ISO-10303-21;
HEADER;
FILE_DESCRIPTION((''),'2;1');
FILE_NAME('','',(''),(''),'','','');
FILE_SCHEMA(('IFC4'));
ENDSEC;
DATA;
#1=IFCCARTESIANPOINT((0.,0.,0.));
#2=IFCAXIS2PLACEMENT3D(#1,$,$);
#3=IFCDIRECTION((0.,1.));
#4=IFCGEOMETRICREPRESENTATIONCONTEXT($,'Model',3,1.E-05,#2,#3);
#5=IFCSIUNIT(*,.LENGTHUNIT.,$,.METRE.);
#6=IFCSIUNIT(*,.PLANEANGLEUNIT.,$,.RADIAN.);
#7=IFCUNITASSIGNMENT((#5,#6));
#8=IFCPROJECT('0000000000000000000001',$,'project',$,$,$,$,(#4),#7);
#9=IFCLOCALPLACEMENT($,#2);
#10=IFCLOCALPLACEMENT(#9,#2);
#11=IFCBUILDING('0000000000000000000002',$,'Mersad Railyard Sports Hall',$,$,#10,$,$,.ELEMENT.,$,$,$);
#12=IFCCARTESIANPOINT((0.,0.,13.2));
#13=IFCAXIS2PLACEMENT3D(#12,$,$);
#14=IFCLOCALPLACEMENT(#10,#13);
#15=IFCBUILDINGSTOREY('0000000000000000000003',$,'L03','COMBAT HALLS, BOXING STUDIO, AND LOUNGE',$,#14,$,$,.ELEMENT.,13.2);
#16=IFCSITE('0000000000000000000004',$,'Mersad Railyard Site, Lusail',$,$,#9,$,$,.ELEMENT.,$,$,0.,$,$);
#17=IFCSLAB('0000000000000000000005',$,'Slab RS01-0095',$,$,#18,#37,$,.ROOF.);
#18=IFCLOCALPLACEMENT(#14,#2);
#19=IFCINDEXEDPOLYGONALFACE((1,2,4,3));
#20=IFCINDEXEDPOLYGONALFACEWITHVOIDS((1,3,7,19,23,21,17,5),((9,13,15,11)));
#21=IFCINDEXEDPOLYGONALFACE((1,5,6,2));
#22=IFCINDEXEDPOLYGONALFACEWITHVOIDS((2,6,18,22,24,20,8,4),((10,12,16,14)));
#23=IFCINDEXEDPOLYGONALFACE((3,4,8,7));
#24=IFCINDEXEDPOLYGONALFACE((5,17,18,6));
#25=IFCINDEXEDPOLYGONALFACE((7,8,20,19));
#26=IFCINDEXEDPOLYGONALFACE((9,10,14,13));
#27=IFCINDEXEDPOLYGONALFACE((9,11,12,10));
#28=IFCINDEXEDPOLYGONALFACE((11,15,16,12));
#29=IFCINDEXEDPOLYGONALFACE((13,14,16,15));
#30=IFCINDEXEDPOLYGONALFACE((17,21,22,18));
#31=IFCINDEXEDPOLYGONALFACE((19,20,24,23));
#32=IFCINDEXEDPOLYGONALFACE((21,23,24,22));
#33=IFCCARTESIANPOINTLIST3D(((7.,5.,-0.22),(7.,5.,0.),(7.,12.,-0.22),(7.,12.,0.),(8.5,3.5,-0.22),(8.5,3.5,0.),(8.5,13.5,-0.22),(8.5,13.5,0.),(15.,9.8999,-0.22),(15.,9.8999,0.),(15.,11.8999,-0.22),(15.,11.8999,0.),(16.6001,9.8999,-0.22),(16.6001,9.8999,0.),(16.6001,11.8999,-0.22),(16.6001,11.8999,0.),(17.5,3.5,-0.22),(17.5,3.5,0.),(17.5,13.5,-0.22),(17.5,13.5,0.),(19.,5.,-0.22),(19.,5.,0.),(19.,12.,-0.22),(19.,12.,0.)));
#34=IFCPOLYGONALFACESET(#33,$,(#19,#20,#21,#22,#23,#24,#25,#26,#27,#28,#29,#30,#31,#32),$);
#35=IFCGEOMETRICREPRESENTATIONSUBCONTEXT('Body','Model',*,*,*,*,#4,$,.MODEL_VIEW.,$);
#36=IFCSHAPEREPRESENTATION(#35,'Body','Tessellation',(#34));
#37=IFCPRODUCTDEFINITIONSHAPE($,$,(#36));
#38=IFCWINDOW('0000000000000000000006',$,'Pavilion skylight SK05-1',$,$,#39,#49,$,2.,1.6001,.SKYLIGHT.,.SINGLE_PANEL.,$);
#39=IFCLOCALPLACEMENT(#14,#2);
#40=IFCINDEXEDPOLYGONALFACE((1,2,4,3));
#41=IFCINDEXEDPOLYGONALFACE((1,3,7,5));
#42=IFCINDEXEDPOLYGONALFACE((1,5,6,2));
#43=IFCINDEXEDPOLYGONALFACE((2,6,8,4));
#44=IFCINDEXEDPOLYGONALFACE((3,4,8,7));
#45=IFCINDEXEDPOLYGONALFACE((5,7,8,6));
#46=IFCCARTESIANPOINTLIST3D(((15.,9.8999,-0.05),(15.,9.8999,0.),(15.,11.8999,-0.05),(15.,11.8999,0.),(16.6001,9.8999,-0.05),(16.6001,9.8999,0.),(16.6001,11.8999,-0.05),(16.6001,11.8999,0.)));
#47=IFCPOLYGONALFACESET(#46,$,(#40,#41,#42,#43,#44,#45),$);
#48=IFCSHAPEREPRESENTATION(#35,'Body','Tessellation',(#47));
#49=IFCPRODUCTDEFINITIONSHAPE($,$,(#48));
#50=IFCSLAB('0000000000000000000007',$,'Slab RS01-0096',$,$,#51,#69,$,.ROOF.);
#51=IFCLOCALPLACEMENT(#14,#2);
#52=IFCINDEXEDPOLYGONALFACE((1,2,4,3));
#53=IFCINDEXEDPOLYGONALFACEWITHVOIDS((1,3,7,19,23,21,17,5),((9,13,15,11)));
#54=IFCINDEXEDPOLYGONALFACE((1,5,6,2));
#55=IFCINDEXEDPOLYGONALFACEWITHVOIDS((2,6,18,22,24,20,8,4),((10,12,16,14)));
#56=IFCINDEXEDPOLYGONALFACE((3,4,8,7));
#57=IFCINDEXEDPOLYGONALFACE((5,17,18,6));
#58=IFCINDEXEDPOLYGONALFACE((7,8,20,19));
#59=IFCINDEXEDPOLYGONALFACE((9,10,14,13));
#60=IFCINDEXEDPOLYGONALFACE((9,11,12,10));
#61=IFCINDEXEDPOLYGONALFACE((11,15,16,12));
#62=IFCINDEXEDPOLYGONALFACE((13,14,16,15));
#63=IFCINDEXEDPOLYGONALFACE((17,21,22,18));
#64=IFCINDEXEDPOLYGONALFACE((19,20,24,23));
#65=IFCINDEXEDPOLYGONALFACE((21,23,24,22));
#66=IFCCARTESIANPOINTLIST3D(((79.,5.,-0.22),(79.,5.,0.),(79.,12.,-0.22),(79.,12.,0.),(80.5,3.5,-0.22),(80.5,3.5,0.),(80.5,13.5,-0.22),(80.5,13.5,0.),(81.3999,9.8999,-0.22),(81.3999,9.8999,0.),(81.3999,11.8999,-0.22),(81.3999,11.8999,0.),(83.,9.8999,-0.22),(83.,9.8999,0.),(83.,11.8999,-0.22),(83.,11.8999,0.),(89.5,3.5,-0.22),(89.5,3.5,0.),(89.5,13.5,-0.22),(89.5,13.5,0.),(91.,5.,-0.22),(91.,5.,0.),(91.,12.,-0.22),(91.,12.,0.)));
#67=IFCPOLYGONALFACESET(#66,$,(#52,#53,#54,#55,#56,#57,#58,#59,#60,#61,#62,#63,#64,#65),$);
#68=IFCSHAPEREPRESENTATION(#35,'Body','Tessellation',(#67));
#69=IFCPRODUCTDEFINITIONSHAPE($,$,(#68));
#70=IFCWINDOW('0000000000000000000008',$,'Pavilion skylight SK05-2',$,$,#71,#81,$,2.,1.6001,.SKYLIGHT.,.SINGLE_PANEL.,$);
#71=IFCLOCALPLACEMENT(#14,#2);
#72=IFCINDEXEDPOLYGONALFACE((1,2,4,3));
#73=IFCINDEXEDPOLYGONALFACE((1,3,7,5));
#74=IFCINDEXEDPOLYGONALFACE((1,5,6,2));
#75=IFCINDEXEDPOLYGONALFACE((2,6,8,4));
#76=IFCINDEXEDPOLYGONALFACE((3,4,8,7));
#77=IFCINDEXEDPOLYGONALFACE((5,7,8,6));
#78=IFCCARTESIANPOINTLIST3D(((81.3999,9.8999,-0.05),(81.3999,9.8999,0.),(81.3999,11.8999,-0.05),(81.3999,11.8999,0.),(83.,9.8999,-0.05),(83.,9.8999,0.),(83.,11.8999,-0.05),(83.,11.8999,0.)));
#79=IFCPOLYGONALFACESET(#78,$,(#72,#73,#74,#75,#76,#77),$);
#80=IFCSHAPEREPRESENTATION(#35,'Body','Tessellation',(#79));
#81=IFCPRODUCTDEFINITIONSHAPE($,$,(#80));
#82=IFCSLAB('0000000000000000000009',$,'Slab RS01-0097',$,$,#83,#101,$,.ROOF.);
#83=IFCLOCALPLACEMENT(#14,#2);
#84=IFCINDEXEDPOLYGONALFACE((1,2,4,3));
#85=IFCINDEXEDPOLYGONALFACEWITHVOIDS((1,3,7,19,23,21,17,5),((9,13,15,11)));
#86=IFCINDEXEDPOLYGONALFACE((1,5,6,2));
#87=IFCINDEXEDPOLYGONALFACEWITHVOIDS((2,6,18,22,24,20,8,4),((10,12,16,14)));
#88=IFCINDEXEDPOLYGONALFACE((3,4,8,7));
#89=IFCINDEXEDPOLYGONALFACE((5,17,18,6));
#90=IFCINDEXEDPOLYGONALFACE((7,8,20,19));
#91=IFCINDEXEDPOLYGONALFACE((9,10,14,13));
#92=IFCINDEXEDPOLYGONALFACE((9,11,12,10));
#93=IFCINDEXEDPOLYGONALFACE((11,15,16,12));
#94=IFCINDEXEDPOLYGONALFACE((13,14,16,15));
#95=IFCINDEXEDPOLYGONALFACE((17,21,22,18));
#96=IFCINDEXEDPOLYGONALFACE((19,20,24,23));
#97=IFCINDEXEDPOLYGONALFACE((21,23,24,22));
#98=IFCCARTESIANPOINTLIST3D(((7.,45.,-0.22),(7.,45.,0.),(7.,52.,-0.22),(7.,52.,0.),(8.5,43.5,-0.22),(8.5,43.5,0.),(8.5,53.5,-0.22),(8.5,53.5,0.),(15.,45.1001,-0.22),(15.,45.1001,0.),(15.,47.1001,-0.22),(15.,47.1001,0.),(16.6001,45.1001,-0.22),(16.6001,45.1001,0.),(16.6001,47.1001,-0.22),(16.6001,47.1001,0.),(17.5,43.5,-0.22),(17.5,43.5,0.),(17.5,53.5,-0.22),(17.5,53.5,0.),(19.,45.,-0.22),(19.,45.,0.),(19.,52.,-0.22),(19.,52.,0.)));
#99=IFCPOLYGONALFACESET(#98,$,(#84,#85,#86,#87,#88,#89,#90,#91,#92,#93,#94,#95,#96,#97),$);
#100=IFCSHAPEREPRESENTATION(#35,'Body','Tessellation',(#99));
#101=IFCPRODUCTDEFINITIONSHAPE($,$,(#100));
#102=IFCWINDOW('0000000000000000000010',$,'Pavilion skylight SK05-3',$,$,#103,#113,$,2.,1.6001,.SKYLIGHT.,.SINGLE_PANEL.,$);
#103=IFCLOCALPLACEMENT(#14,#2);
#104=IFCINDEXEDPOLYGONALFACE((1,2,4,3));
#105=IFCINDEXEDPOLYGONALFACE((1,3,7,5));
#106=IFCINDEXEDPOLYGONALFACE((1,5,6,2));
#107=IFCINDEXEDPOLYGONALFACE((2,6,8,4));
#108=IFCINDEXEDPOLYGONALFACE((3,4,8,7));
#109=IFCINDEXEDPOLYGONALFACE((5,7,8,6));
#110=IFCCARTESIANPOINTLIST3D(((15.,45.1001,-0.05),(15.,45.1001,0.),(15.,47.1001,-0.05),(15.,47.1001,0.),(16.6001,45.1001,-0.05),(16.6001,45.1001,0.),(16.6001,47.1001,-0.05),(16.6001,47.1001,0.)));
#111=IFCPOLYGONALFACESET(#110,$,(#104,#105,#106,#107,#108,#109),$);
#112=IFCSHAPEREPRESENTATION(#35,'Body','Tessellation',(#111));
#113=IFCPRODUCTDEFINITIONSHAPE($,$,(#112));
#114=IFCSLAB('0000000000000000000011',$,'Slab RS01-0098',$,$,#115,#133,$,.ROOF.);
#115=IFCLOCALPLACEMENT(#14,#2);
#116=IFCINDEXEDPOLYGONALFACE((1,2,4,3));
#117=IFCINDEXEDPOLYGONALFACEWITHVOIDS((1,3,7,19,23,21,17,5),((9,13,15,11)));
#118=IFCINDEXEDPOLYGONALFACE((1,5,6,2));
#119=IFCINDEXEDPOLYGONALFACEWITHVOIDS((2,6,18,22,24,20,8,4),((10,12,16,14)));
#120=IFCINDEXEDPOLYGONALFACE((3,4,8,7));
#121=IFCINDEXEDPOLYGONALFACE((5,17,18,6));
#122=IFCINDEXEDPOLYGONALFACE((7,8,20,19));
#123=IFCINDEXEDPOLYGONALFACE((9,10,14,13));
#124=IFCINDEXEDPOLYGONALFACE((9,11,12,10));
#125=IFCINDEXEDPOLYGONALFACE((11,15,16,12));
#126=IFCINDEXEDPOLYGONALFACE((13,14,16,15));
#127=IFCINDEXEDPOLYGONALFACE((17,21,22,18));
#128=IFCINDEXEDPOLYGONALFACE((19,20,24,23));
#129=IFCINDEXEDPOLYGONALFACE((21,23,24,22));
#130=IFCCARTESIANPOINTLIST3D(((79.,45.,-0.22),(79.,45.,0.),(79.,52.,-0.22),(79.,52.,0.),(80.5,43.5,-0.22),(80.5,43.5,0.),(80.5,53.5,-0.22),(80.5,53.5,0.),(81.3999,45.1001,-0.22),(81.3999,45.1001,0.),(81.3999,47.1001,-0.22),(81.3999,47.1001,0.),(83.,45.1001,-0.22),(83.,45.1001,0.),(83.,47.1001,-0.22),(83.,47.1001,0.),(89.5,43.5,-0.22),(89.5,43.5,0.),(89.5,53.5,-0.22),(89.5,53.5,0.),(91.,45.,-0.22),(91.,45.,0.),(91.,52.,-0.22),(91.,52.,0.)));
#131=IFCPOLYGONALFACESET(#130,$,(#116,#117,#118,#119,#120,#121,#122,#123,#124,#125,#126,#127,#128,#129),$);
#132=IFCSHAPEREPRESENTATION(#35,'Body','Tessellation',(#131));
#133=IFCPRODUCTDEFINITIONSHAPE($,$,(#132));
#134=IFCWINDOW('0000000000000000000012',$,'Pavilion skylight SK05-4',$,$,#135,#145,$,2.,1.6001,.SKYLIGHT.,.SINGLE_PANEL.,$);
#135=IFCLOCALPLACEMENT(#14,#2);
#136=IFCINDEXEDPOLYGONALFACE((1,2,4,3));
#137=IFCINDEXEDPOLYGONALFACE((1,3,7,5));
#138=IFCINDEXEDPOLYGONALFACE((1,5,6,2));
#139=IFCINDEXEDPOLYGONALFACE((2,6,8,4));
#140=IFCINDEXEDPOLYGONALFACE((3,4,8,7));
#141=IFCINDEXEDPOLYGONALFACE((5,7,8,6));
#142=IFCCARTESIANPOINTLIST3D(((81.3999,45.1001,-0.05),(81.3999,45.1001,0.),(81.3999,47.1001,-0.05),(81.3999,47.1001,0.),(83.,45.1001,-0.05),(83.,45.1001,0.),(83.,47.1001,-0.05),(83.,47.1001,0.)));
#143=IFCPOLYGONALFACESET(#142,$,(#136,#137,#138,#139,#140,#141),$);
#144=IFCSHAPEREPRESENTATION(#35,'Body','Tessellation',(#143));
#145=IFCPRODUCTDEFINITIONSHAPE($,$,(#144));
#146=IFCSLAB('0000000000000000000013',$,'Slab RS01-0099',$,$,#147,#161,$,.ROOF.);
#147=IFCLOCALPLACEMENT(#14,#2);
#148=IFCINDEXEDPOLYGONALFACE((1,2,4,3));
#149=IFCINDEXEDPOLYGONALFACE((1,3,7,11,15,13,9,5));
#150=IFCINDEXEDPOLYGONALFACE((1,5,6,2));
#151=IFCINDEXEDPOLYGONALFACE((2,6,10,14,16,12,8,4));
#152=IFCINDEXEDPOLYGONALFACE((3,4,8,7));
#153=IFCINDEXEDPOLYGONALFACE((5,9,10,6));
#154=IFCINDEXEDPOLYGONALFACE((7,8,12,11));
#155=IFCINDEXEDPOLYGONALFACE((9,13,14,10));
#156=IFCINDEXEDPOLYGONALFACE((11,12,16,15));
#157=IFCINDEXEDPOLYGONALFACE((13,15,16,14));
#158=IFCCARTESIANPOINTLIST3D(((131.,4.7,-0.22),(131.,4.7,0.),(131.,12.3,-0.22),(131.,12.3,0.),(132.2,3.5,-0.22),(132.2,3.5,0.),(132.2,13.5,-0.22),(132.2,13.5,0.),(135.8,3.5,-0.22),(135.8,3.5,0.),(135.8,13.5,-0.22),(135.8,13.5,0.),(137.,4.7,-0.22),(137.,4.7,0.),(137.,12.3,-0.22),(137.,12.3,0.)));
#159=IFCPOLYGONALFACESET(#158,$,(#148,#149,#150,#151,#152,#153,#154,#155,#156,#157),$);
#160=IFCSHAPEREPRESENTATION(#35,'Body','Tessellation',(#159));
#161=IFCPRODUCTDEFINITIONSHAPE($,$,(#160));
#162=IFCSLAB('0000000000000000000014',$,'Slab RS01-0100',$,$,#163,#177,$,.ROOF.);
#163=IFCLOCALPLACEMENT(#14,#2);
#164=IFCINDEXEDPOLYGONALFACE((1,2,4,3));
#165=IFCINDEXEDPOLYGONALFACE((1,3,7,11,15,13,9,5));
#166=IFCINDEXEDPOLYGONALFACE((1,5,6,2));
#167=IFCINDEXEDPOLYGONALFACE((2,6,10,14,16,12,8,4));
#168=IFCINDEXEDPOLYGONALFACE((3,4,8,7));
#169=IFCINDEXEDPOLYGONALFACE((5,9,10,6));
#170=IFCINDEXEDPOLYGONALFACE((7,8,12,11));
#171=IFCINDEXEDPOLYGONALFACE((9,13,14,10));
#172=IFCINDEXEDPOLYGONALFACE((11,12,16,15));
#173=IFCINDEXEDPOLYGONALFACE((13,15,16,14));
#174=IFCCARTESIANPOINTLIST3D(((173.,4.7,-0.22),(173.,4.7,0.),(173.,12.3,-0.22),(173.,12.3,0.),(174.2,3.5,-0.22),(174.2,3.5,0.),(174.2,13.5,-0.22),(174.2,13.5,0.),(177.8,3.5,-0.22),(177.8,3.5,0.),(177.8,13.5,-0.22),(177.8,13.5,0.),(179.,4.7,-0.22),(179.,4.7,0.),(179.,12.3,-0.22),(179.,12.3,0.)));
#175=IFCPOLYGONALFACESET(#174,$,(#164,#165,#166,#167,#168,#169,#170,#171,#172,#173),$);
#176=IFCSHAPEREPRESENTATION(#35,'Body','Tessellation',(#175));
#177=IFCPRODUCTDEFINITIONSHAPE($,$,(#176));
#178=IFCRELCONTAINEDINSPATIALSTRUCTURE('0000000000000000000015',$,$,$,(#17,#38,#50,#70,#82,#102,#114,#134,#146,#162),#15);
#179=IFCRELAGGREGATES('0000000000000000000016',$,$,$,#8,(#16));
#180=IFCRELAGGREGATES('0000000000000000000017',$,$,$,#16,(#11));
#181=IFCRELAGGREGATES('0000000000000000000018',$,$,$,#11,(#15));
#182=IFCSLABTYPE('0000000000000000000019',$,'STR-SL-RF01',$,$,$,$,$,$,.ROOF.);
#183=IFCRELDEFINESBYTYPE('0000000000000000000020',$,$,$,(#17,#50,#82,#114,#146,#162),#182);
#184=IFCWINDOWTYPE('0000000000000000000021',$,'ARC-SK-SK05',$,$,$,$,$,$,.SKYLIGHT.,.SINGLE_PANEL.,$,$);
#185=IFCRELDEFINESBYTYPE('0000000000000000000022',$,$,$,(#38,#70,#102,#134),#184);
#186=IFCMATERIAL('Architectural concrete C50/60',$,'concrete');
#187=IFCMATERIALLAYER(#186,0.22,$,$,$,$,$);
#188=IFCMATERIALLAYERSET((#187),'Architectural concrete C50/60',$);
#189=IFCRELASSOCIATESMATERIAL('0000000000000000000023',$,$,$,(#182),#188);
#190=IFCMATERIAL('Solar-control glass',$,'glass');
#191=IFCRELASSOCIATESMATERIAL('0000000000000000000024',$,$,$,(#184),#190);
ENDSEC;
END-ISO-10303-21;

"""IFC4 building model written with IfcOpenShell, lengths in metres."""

from ifc_helpers import new_model, si_unit, direction, frame, origin, origin_2d, place, context, subcontext, project, spatial, polyline, rectangle, outline, extrude, material, layer, layer_set, type_object, element, fill, save


model = new_model("IFC4")

# Units and contexts
model_context = context("Model", 3, precision=1e-05, world=origin(), true_north=direction((0.0, 1.0)))
body_context = subcontext(model_context, "Body", "Model", "MODEL_VIEW")
ifc_project = project(units=[si_unit("LENGTHUNIT", "METRE"), si_unit("PLANEANGLEUNIT", "RADIAN")], contexts=[model_context])

# Site, building, storey
site_placement = place(None, origin())
site = spatial("IfcSite", under=ifc_project, at=site_placement, Name="Mersad Railyard Site, Lusail", CompositionType="ELEMENT", RefElevation=0.0)
building_placement = place(site_placement, origin())
building = spatial("IfcBuilding", under=site, at=building_placement, Name="Mersad Railyard Sports Hall", CompositionType="ELEMENT")
storey_placement = place(building_placement, frame((0.0, 0.0, 13.2)))
storey = spatial("IfcBuildingStorey", under=building, at=storey_placement, Name="L03", Description="COMBAT HALLS, BOXING STUDIO, AND LOUNGE", CompositionType="ELEMENT", Elevation=13.2)

# Slabs, openings, windows
ifc_material_1 = material(Name="Architectural concrete C50/60", Category="concrete")
ifc_layer_1 = layer(ifc_material_1, 0.22)
ifc_layer_set_1 = layer_set([ifc_layer_1], Name="Architectural concrete C50/60")
slab_type_1 = type_object("IfcSlabType", Name="STR-SL-RF01", PredefinedType="ROOF", material=ifc_layer_set_1)
slab_1_placement = place(storey_placement, frame((0.0, 0.0, -0.22)))
slab_1 = element("IfcSlab", 1, at=slab_1_placement, inside=storey, type_object=slab_type_1, Name="Slab RS01-0095", PredefinedType="ROOF", context=body_context, shape_type="SweptSolid", body=[
    extrude(outline(polyline([(8.5, 3.5), (17.5, 3.5), (19.0, 5.0), (19.0, 12.0), (17.5, 13.5), (8.5, 13.5), (7.0, 12.0), (7.0, 5.0), (8.5, 3.5)])), origin(), (0.0, 0.0, 1.0), 0.22),
])
opening_1_placement = place(slab_1_placement, frame((15.8, 10.8999, -0.01)))
opening_1 = element("IfcOpeningElement", 2, at=opening_1_placement, cuts=slab_1, PredefinedType="OPENING", context=body_context, shape_type="SweptSolid", body=[
    extrude(rectangle(XDim=1.6001, YDim=2.0, at=origin_2d()), origin(), (0.0, 0.0, 1.0), 0.24),
])
ifc_material_2 = material(Name="Solar-control glass", Category="glass")
window_type = type_object("IfcWindowType", Name="ARC-SK-SK05", PartitioningType="SINGLE_PANEL", PredefinedType="SKYLIGHT", material=ifc_material_2)
window_1_placement = place(slab_1_placement, frame((15.8, 10.8999, 0.1699)))
window_1 = element("IfcWindow", 3, at=window_1_placement, inside=storey, type_object=window_type, Name="Pavilion skylight SK05-1", OverallHeight=2.0, OverallWidth=1.6001, PartitioningType="SINGLE_PANEL", PredefinedType="SKYLIGHT", context=body_context, shape_type="SweptSolid", body=[
    extrude(rectangle(XDim=1.6001, YDim=2.0, at=origin_2d()), origin(), (0.0, 0.0, 1.0), 0.05),
])
fill(opening_1, window_1)
slab_2_placement = place(storey_placement, frame((0.0, 0.0, -0.22)))
slab_2 = element("IfcSlab", 4, at=slab_2_placement, inside=storey, type_object=slab_type_1, Name="Slab RS01-0096", PredefinedType="ROOF", context=body_context, shape_type="SweptSolid", body=[
    extrude(outline(polyline([(80.5, 3.5), (89.5, 3.5), (91.0, 5.0), (91.0, 12.0), (89.5, 13.5), (80.5, 13.5), (79.0, 12.0), (79.0, 5.0), (80.5, 3.5)])), origin(), (0.0, 0.0, 1.0), 0.22),
])
opening_2_placement = place(slab_2_placement, frame((82.2, 10.8999, -0.01)))
opening_2 = element("IfcOpeningElement", 5, at=opening_2_placement, cuts=slab_2, PredefinedType="OPENING", context=body_context, shape_type="SweptSolid", body=[
    extrude(rectangle(XDim=1.6001, YDim=2.0, at=origin_2d()), origin(), (0.0, 0.0, 1.0), 0.24),
])
window_2_placement = place(slab_2_placement, frame((82.2, 10.8999, 0.1699)))
window_2 = element("IfcWindow", 6, at=window_2_placement, inside=storey, type_object=window_type, Name="Pavilion skylight SK05-2", OverallHeight=2.0, OverallWidth=1.6001, PartitioningType="SINGLE_PANEL", PredefinedType="SKYLIGHT", context=body_context, shape_type="SweptSolid", body=[
    extrude(rectangle(XDim=1.6001, YDim=2.0, at=origin_2d()), origin(), (0.0, 0.0, 1.0), 0.05),
])
fill(opening_2, window_2)
slab_3_placement = place(storey_placement, frame((0.0, 0.0, -0.22)))
slab_3 = element("IfcSlab", 7, at=slab_3_placement, inside=storey, type_object=slab_type_1, Name="Slab RS01-0097", PredefinedType="ROOF", context=body_context, shape_type="SweptSolid", body=[
    extrude(outline(polyline([(8.5, 43.5), (17.5, 43.5), (19.0, 45.0), (19.0, 52.0), (17.5, 53.5), (8.5, 53.5), (7.0, 52.0), (7.0, 45.0), (8.5, 43.5)])), origin(), (0.0, 0.0, 1.0), 0.22),
])
opening_3_placement = place(slab_3_placement, frame((15.8, 46.1001, -0.01)))
opening_3 = element("IfcOpeningElement", 8, at=opening_3_placement, cuts=slab_3, PredefinedType="OPENING", context=body_context, shape_type="SweptSolid", body=[
    extrude(rectangle(XDim=1.6001, YDim=2.0, at=origin_2d()), origin(), (0.0, 0.0, 1.0), 0.24),
])
window_3_placement = place(slab_3_placement, frame((15.8, 46.1001, 0.1699)))
window_3 = element("IfcWindow", 9, at=window_3_placement, inside=storey, type_object=window_type, Name="Pavilion skylight SK05-3", OverallHeight=2.0, OverallWidth=1.6001, PartitioningType="SINGLE_PANEL", PredefinedType="SKYLIGHT", context=body_context, shape_type="SweptSolid", body=[
    extrude(rectangle(XDim=1.6001, YDim=2.0, at=origin_2d()), origin(), (0.0, 0.0, 1.0), 0.05),
])
fill(opening_3, window_3)
slab_4_placement = place(storey_placement, frame((0.0, 0.0, -0.22)))
slab_4 = element("IfcSlab", 10, at=slab_4_placement, inside=storey, type_object=slab_type_1, Name="Slab RS01-0098", PredefinedType="ROOF", context=body_context, shape_type="SweptSolid", body=[
    extrude(outline(polyline([(80.5, 43.5), (89.5, 43.5), (91.0, 45.0), (91.0, 52.0), (89.5, 53.5), (80.5, 53.5), (79.0, 52.0), (79.0, 45.0), (80.5, 43.5)])), origin(), (0.0, 0.0, 1.0), 0.22),
])
opening_4_placement = place(slab_4_placement, frame((82.2, 46.1001, -0.01)))
opening_4 = element("IfcOpeningElement", 11, at=opening_4_placement, cuts=slab_4, PredefinedType="OPENING", context=body_context, shape_type="SweptSolid", body=[
    extrude(rectangle(XDim=1.6001, YDim=2.0, at=origin_2d()), origin(), (0.0, 0.0, 1.0), 0.24),
])
window_4_placement = place(slab_4_placement, frame((82.2, 46.1001, 0.1699)))
window_4 = element("IfcWindow", 12, at=window_4_placement, inside=storey, type_object=window_type, Name="Pavilion skylight SK05-4", OverallHeight=2.0, OverallWidth=1.6001, PartitioningType="SINGLE_PANEL", PredefinedType="SKYLIGHT", context=body_context, shape_type="SweptSolid", body=[
    extrude(rectangle(XDim=1.6001, YDim=2.0, at=origin_2d()), origin(), (0.0, 0.0, 1.0), 0.05),
])
fill(opening_4, window_4)

# Slabs
slab_5_placement = place(storey_placement, frame((0.0, 0.0, -0.22)))
element("IfcSlab", 13, at=slab_5_placement, inside=storey, type_object=slab_type_1, Name="Slab RS01-0099", PredefinedType="ROOF", context=body_context, shape_type="SweptSolid", body=[
    extrude(outline(polyline([(132.2, 3.5), (135.8, 3.5), (137.0, 4.7), (137.0, 12.3), (135.8, 13.5), (132.2, 13.5), (131.0, 12.3), (131.0, 4.7), (132.2, 3.5)])), origin(), (0.0, 0.0, 1.0), 0.22),
])
slab_6_placement = place(storey_placement, frame((0.0, 0.0, -0.22)))
element("IfcSlab", 14, at=slab_6_placement, inside=storey, type_object=slab_type_1, Name="Slab RS01-0100", PredefinedType="ROOF", context=body_context, shape_type="SweptSolid", body=[
    extrude(outline(polyline([(174.2, 3.5), (177.8, 3.5), (179.0, 4.7), (179.0, 12.3), (177.8, 13.5), (174.2, 13.5), (173.0, 12.3), (173.0, 4.7), (174.2, 3.5)])), origin(), (0.0, 0.0, 1.0), 0.22),
])

save(model, "model.ifc")
